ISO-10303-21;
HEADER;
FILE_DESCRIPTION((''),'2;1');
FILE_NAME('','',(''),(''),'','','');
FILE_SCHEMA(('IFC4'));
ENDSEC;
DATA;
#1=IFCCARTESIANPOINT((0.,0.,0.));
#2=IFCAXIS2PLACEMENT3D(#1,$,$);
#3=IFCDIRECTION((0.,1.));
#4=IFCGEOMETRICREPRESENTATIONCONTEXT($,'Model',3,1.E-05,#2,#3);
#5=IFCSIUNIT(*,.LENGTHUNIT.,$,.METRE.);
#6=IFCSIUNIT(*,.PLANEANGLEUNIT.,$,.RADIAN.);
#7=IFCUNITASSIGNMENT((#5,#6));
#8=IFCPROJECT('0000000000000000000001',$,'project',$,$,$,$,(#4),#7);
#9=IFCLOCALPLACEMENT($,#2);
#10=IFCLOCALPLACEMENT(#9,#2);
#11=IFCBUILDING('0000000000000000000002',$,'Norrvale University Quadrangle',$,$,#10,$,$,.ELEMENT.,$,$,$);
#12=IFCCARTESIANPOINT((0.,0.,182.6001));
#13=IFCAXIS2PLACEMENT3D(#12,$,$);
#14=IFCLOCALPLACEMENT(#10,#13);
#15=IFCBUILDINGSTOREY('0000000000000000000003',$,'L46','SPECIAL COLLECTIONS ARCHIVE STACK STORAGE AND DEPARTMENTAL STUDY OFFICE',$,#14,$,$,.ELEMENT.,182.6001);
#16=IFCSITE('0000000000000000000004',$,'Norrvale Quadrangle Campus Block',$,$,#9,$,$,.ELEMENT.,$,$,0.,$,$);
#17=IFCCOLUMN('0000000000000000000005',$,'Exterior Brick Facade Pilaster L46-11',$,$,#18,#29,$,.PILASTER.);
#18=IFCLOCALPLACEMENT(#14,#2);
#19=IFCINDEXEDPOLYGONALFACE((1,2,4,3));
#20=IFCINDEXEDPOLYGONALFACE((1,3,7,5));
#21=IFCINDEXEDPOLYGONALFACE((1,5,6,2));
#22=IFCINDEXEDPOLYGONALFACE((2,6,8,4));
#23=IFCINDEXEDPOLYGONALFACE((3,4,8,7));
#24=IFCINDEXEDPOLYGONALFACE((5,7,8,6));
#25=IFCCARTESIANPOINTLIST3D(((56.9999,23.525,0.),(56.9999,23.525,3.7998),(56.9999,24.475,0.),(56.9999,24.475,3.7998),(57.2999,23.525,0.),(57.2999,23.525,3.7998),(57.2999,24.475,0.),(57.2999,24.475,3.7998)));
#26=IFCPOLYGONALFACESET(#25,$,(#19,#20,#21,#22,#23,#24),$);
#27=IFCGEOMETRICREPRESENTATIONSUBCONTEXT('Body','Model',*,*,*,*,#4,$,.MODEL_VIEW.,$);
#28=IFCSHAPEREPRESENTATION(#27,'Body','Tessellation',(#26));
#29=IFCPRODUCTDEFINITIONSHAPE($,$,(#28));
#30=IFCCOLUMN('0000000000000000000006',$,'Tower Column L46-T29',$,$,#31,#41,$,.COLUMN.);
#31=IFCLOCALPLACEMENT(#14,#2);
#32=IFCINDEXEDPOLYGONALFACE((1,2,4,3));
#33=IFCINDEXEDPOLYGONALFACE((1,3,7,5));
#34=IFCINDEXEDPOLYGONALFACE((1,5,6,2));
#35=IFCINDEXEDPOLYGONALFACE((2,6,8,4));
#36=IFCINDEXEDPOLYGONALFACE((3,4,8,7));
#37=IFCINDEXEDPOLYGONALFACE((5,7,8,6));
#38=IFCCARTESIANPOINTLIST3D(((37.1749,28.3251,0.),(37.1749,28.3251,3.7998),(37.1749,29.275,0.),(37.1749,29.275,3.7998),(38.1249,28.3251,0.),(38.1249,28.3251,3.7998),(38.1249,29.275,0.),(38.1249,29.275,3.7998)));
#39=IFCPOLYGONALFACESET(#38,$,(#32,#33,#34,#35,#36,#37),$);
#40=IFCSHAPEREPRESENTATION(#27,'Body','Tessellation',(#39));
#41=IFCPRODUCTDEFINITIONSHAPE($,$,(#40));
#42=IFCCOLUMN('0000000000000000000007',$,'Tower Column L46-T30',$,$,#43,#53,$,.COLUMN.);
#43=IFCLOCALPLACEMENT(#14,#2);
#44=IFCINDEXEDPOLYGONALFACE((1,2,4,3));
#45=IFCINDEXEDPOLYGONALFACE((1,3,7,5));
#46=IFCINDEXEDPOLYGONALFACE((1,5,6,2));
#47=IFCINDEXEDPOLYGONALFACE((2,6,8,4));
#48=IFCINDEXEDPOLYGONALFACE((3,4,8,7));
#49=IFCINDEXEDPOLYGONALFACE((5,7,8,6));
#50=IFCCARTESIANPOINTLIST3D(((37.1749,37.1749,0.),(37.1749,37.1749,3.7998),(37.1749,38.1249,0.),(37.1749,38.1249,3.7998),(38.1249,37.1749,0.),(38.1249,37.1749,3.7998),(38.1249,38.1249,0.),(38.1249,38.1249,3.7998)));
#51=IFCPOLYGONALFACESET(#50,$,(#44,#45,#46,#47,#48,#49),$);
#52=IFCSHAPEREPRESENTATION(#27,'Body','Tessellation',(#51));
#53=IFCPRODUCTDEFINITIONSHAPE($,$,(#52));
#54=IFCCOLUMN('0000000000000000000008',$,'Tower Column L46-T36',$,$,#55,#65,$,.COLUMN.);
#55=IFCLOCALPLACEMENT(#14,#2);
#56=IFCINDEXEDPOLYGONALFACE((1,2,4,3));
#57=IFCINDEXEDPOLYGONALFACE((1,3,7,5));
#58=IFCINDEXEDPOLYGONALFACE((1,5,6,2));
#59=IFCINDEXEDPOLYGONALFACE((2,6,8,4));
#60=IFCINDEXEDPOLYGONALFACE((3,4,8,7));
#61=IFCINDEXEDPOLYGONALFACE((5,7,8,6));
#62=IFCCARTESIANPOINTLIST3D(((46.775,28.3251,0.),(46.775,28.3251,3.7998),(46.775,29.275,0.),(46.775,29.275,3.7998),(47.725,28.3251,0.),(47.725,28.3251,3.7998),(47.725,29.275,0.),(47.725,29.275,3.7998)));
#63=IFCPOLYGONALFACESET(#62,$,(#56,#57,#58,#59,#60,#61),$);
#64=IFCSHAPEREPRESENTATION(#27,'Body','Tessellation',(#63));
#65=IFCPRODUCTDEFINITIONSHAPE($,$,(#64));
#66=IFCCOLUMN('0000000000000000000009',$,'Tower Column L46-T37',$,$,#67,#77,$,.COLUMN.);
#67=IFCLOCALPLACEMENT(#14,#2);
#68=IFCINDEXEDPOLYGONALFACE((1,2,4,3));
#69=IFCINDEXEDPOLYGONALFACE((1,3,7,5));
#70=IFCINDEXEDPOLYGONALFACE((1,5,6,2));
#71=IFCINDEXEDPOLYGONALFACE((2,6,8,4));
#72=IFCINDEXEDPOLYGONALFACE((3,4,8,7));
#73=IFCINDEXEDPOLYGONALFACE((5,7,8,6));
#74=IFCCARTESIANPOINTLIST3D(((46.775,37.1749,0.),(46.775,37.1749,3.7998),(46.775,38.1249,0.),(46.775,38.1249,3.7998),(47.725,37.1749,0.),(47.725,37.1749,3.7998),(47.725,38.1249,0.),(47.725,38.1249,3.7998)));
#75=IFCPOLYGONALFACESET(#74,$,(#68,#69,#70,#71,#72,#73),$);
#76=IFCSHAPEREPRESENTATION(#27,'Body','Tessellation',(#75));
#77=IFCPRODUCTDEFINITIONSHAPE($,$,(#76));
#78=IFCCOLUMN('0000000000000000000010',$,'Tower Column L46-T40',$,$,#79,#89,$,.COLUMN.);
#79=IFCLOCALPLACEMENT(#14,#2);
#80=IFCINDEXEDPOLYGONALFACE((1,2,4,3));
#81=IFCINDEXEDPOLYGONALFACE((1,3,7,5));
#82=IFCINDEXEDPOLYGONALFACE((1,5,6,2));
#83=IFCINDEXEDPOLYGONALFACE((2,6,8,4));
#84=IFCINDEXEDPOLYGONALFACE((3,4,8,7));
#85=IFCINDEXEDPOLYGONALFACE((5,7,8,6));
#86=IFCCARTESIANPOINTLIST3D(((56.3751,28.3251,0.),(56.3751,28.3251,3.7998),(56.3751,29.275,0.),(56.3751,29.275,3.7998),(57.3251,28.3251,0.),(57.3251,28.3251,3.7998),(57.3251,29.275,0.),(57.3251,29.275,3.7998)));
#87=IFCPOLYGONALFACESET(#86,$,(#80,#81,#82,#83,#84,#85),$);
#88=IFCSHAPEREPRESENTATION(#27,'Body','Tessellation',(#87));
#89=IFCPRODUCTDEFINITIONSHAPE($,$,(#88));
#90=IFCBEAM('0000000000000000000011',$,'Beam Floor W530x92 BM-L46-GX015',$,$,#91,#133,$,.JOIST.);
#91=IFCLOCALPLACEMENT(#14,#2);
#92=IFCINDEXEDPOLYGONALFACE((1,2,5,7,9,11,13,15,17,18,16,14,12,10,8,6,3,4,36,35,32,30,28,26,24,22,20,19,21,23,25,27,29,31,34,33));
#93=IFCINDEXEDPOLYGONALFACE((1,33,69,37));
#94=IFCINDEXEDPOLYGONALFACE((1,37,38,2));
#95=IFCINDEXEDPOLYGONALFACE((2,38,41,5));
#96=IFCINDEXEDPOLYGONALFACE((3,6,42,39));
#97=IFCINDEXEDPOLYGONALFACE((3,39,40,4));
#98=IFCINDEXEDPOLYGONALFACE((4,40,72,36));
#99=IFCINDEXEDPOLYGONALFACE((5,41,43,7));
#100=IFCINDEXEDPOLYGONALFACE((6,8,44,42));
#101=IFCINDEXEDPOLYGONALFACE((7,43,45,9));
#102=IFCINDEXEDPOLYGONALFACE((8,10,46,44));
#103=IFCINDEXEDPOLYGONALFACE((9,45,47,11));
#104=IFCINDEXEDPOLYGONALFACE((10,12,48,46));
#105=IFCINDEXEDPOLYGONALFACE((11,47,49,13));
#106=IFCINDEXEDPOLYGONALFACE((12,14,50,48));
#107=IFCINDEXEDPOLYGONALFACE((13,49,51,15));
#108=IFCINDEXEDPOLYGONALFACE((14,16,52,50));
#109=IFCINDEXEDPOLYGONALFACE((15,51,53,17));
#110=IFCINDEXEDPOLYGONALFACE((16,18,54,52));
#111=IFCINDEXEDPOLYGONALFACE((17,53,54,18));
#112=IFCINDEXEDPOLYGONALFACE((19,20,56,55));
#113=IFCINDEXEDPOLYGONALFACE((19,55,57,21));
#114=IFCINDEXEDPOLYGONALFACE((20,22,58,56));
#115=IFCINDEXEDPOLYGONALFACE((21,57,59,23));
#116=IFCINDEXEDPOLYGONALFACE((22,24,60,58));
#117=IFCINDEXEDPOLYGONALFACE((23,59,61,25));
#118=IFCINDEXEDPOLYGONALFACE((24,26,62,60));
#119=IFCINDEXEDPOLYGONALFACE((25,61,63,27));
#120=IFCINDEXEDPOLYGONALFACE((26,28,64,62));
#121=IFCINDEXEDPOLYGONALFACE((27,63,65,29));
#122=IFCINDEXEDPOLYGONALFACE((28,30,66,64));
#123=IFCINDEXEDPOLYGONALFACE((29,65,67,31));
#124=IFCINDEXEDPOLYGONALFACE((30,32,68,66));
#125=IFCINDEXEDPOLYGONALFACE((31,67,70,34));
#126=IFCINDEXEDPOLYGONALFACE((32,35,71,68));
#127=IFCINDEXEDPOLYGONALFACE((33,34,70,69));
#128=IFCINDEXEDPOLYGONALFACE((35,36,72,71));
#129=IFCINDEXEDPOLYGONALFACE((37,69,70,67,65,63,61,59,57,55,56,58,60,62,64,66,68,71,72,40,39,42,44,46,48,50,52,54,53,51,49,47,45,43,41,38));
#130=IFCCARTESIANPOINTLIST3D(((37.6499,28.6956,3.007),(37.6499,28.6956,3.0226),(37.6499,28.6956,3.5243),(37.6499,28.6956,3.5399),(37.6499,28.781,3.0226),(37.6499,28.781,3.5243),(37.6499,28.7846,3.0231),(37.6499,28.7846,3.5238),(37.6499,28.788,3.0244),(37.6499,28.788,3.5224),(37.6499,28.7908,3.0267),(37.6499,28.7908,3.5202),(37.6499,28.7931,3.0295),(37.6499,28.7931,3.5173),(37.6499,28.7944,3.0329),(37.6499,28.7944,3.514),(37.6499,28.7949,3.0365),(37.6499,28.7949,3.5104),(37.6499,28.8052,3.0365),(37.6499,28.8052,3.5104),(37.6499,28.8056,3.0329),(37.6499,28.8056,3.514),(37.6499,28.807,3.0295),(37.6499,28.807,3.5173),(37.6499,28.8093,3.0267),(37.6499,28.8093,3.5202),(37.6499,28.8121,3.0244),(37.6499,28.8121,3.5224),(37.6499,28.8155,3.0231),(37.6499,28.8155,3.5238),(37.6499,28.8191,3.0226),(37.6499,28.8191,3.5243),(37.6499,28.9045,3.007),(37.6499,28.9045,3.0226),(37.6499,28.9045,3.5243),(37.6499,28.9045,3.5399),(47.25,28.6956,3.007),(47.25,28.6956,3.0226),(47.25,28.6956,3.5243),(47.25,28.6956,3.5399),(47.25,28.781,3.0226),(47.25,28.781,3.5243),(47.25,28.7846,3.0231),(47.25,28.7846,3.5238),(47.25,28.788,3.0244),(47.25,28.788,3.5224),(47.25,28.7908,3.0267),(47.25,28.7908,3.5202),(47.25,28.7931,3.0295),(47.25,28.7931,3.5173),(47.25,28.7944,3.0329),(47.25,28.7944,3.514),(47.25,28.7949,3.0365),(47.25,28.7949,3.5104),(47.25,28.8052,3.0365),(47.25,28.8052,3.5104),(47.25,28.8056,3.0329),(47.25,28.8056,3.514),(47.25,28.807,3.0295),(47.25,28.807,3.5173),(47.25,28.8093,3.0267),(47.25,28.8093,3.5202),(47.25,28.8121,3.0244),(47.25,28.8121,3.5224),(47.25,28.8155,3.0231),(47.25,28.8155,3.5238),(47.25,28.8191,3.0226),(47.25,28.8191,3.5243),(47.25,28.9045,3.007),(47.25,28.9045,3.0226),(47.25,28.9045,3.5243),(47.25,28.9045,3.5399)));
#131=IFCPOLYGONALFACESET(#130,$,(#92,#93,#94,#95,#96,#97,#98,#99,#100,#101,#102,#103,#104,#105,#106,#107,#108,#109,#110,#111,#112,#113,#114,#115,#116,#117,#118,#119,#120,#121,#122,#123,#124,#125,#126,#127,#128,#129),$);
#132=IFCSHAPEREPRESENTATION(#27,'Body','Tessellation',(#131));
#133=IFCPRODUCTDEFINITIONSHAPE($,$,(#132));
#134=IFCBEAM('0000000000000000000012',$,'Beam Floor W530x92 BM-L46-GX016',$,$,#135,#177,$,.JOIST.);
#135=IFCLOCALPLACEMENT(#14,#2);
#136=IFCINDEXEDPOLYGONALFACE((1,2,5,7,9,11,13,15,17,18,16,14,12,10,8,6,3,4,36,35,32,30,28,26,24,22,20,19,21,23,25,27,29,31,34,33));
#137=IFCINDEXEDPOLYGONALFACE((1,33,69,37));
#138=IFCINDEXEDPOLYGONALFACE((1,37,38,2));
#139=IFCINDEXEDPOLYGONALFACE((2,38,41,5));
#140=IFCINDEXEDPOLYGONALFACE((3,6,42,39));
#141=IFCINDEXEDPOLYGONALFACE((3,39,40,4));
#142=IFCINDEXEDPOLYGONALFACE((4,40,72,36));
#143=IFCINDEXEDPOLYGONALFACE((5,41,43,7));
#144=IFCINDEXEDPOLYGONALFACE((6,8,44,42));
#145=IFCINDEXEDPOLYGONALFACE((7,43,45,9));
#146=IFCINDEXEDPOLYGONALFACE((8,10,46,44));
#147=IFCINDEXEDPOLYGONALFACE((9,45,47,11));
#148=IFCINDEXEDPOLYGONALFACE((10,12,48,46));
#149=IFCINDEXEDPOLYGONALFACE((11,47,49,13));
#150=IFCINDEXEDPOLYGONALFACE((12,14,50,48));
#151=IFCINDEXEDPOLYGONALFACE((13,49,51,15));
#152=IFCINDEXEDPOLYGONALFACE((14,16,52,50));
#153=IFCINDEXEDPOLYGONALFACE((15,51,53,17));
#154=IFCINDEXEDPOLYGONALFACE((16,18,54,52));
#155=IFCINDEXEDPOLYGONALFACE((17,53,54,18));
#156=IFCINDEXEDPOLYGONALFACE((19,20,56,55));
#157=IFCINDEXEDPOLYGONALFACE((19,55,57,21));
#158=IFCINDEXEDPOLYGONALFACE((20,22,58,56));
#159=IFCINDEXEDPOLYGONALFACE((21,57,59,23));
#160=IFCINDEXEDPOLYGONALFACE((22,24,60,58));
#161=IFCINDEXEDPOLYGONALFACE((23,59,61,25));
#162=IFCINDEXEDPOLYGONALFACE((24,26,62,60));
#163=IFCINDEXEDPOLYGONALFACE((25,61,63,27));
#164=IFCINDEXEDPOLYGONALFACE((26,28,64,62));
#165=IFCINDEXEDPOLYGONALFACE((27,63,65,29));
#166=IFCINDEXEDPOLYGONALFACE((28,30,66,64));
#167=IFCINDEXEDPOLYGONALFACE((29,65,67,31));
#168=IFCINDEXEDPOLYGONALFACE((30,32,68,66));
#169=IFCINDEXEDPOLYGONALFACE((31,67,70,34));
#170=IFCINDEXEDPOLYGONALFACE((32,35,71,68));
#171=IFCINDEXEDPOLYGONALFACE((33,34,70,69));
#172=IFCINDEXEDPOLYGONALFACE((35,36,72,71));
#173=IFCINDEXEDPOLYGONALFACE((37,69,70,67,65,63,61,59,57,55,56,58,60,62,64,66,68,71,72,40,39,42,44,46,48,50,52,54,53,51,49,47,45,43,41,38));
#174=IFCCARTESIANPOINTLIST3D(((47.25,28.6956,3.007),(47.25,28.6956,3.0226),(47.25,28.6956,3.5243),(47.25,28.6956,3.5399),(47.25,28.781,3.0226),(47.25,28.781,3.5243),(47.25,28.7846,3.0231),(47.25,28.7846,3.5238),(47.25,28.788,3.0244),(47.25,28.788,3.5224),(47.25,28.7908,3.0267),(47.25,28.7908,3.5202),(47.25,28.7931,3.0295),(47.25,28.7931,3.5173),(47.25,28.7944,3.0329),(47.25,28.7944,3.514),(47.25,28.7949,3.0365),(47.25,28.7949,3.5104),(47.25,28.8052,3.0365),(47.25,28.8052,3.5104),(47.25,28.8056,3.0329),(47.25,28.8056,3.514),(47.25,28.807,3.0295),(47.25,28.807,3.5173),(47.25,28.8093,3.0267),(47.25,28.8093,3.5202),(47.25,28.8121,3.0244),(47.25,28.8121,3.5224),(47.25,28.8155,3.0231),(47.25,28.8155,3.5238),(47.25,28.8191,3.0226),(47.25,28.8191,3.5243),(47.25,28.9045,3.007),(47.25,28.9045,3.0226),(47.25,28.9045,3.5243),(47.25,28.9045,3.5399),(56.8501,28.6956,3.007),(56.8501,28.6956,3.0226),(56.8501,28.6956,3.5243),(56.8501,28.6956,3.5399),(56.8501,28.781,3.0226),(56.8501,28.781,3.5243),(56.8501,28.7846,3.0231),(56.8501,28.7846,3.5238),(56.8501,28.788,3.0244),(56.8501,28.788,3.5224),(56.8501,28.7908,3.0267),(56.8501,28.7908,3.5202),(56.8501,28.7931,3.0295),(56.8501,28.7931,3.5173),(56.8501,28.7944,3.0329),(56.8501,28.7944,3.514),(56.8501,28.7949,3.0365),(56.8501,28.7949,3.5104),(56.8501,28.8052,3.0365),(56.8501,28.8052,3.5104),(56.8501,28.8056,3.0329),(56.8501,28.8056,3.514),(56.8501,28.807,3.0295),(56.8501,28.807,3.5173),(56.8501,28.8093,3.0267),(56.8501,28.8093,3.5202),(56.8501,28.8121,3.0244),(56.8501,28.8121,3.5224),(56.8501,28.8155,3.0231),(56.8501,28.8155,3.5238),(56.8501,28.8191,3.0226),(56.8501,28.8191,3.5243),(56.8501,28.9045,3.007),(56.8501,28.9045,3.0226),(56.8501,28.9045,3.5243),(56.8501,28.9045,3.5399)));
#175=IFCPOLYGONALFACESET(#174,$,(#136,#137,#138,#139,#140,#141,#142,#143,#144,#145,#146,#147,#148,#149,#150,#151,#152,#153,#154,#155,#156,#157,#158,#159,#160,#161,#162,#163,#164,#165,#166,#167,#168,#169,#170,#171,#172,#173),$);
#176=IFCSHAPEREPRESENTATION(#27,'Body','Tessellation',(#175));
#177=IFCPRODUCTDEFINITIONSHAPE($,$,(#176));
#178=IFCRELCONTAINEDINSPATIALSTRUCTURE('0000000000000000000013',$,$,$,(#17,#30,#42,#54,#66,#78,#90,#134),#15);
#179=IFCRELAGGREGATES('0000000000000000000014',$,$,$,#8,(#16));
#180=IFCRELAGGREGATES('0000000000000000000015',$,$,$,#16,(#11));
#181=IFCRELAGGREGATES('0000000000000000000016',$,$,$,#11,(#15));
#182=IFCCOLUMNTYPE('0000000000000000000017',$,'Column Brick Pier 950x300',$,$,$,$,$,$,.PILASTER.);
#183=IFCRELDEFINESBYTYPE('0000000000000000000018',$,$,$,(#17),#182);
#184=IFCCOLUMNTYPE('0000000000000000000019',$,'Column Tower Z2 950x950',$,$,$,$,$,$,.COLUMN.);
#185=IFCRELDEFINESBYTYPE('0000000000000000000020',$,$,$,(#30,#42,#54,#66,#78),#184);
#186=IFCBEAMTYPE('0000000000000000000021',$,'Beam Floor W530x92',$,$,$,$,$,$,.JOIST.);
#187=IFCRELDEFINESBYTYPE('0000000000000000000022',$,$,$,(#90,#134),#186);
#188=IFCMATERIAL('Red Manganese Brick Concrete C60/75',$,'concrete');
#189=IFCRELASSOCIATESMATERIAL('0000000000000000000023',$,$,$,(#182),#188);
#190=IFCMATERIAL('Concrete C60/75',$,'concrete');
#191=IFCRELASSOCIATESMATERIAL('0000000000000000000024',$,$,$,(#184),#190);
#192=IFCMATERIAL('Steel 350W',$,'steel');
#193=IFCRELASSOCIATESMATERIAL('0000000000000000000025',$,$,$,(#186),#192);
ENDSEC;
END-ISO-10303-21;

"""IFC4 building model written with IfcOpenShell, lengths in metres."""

from ifc_helpers import new_model, si_unit, direction, frame, origin, origin_2d, place, context, subcontext, project, spatial, rectangle, i_section, extrude, material, material_profile, profile_set, type_object, element, save


model = new_model("IFC4")

# Units and contexts
model_context = context("Model", 3, precision=1e-05, world=origin(), true_north=direction((0.0, 1.0)))
body_context = subcontext(model_context, "Body", "Model", "MODEL_VIEW")
ifc_project = project(units=[si_unit("LENGTHUNIT", "METRE"), si_unit("PLANEANGLEUNIT", "RADIAN")], contexts=[model_context])

# Site, building, storey
site_placement = place(None, origin())
site = spatial("IfcSite", under=ifc_project, at=site_placement, Name="Norrvale Quadrangle Campus Block", CompositionType="ELEMENT", RefElevation=0.0)
building_placement = place(site_placement, origin())
building = spatial("IfcBuilding", under=site, at=building_placement, Name="Norrvale University Quadrangle", CompositionType="ELEMENT")
storey_placement = place(building_placement, frame((0.0, 0.0, 182.6001)))
storey = spatial("IfcBuildingStorey", under=building, at=storey_placement, Name="L46", Description="SPECIAL COLLECTIONS ARCHIVE STACK STORAGE AND DEPARTMENTAL STUDY OFFICE", CompositionType="ELEMENT", Elevation=182.6001)

# Columns
ifc_material_1 = material(Name="Red Manganese Brick Concrete C60/75", Category="concrete")
ifc_material_profile_1 = material_profile(ifc_material_1, rectangle(XDim=0.95, YDim=0.3, at=origin_2d()), Name="Red Manganese Brick Concrete C60/75")
ifc_profile_set_1 = profile_set([ifc_material_profile_1], Name="Red Manganese Brick Concrete C60/75")
column_type_1 = type_object("IfcColumnType", Name="Column Brick Pier 950x300", PredefinedType="PILASTER", material=ifc_profile_set_1)
column_placement = place(storey_placement, frame((57.1499, 24.0, 0.0), z_axis=(0.0, 0.0, 1.0), x_axis=(0.0, 1.0, 0.0)))
element("IfcColumn", 1, at=column_placement, inside=storey, type_object=column_type_1, Name="Exterior Brick Facade Pilaster L46-11", PredefinedType="PILASTER", context=body_context, shape_type="SweptSolid", body=[
    extrude(rectangle(XDim=0.95, YDim=0.3, at=origin_2d()), origin(), (0.0, 0.0, 1.0), 3.7998),
])
ifc_material_2 = material(Name="Concrete C60/75", Category="concrete")
ifc_material_profile_2 = material_profile(ifc_material_2, rectangle(XDim=0.95, YDim=0.95, at=origin_2d()), Name="Concrete C60/75")
ifc_profile_set_2 = profile_set([ifc_material_profile_2], Name="Concrete C60/75")
column_type_2 = type_object("IfcColumnType", Name="Column Tower Z2 950x950", PredefinedType="COLUMN", material=ifc_profile_set_2)
for number, where, z_axis, x_axis, name in (
    (2, (37.6499, 28.8, 0.0), (0.0, 0.0, 1.0), (1.0, 0.0, 0.0), "Tower Column L46-T29"),
    (3, (37.6499, 37.6499, 0.0), (0.0, 0.0, 1.0), (1.0, 0.0, 0.0), "Tower Column L46-T30"),
    (4, (47.25, 28.8, 0.0), (0.0, 0.0, 1.0), (1.0, 0.0, 0.0), "Tower Column L46-T36"),
    (5, (47.25, 37.6499, 0.0), (0.0, 0.0, 1.0), (1.0, 0.0, 0.0), "Tower Column L46-T37"),
    (6, (56.8501, 28.8, 0.0), (0.0, 0.0, 1.0), (1.0, 0.0, 0.0), "Tower Column L46-T40"),
):
    element("IfcColumn", number, at=place(storey_placement, frame(where, z_axis=z_axis, x_axis=x_axis)), inside=storey, type_object=column_type_2, Name=name, PredefinedType="COLUMN", context=body_context, shape_type="SweptSolid", body=[
        extrude(rectangle(XDim=0.95, YDim=0.95, at=origin_2d()), origin(), (0.0, 0.0, 1.0), 3.7998),
    ])

# Beams
ifc_material_3 = material(Name="Steel 350W", Category="steel")
ifc_material_profile_3 = material_profile(ifc_material_3, i_section(OverallWidth=0.209, OverallDepth=0.533, WebThickness=0.0103, FlangeThickness=0.0156, FilletRadius=0.0139, at=origin_2d()), Name="Steel 350W")
ifc_profile_set_3 = profile_set([ifc_material_profile_3], Name="Steel 350W")
beam_type_1 = type_object("IfcBeamType", Name="Beam Floor W530x92", PredefinedType="JOIST", material=ifc_profile_set_3)
for number, where, z_axis, x_axis, name in (
    (7, (37.6499, 28.8, 3.2734), (1.0, 0.0, 0.0), (0.0, 1.0, 0.0), "Beam Floor W530x92 BM-L46-GX015"),
    (8, (47.25, 28.8, 3.2734), (1.0, 0.0, 0.0), (0.0, 1.0, 0.0), "Beam Floor W530x92 BM-L46-GX016"),
):
    element("IfcBeam", number, at=place(storey_placement, frame(where, z_axis=z_axis, x_axis=x_axis)), inside=storey, type_object=beam_type_1, Name=name, PredefinedType="JOIST", context=body_context, shape_type="SweptSolid", body=[
        extrude(i_section(OverallWidth=0.209, OverallDepth=0.533, WebThickness=0.0103, FlangeThickness=0.0156, FilletRadius=0.0139, at=origin_2d()), origin(), (0.0, 0.0, 1.0), 9.6001),
    ])

save(model, "model.ifc")
